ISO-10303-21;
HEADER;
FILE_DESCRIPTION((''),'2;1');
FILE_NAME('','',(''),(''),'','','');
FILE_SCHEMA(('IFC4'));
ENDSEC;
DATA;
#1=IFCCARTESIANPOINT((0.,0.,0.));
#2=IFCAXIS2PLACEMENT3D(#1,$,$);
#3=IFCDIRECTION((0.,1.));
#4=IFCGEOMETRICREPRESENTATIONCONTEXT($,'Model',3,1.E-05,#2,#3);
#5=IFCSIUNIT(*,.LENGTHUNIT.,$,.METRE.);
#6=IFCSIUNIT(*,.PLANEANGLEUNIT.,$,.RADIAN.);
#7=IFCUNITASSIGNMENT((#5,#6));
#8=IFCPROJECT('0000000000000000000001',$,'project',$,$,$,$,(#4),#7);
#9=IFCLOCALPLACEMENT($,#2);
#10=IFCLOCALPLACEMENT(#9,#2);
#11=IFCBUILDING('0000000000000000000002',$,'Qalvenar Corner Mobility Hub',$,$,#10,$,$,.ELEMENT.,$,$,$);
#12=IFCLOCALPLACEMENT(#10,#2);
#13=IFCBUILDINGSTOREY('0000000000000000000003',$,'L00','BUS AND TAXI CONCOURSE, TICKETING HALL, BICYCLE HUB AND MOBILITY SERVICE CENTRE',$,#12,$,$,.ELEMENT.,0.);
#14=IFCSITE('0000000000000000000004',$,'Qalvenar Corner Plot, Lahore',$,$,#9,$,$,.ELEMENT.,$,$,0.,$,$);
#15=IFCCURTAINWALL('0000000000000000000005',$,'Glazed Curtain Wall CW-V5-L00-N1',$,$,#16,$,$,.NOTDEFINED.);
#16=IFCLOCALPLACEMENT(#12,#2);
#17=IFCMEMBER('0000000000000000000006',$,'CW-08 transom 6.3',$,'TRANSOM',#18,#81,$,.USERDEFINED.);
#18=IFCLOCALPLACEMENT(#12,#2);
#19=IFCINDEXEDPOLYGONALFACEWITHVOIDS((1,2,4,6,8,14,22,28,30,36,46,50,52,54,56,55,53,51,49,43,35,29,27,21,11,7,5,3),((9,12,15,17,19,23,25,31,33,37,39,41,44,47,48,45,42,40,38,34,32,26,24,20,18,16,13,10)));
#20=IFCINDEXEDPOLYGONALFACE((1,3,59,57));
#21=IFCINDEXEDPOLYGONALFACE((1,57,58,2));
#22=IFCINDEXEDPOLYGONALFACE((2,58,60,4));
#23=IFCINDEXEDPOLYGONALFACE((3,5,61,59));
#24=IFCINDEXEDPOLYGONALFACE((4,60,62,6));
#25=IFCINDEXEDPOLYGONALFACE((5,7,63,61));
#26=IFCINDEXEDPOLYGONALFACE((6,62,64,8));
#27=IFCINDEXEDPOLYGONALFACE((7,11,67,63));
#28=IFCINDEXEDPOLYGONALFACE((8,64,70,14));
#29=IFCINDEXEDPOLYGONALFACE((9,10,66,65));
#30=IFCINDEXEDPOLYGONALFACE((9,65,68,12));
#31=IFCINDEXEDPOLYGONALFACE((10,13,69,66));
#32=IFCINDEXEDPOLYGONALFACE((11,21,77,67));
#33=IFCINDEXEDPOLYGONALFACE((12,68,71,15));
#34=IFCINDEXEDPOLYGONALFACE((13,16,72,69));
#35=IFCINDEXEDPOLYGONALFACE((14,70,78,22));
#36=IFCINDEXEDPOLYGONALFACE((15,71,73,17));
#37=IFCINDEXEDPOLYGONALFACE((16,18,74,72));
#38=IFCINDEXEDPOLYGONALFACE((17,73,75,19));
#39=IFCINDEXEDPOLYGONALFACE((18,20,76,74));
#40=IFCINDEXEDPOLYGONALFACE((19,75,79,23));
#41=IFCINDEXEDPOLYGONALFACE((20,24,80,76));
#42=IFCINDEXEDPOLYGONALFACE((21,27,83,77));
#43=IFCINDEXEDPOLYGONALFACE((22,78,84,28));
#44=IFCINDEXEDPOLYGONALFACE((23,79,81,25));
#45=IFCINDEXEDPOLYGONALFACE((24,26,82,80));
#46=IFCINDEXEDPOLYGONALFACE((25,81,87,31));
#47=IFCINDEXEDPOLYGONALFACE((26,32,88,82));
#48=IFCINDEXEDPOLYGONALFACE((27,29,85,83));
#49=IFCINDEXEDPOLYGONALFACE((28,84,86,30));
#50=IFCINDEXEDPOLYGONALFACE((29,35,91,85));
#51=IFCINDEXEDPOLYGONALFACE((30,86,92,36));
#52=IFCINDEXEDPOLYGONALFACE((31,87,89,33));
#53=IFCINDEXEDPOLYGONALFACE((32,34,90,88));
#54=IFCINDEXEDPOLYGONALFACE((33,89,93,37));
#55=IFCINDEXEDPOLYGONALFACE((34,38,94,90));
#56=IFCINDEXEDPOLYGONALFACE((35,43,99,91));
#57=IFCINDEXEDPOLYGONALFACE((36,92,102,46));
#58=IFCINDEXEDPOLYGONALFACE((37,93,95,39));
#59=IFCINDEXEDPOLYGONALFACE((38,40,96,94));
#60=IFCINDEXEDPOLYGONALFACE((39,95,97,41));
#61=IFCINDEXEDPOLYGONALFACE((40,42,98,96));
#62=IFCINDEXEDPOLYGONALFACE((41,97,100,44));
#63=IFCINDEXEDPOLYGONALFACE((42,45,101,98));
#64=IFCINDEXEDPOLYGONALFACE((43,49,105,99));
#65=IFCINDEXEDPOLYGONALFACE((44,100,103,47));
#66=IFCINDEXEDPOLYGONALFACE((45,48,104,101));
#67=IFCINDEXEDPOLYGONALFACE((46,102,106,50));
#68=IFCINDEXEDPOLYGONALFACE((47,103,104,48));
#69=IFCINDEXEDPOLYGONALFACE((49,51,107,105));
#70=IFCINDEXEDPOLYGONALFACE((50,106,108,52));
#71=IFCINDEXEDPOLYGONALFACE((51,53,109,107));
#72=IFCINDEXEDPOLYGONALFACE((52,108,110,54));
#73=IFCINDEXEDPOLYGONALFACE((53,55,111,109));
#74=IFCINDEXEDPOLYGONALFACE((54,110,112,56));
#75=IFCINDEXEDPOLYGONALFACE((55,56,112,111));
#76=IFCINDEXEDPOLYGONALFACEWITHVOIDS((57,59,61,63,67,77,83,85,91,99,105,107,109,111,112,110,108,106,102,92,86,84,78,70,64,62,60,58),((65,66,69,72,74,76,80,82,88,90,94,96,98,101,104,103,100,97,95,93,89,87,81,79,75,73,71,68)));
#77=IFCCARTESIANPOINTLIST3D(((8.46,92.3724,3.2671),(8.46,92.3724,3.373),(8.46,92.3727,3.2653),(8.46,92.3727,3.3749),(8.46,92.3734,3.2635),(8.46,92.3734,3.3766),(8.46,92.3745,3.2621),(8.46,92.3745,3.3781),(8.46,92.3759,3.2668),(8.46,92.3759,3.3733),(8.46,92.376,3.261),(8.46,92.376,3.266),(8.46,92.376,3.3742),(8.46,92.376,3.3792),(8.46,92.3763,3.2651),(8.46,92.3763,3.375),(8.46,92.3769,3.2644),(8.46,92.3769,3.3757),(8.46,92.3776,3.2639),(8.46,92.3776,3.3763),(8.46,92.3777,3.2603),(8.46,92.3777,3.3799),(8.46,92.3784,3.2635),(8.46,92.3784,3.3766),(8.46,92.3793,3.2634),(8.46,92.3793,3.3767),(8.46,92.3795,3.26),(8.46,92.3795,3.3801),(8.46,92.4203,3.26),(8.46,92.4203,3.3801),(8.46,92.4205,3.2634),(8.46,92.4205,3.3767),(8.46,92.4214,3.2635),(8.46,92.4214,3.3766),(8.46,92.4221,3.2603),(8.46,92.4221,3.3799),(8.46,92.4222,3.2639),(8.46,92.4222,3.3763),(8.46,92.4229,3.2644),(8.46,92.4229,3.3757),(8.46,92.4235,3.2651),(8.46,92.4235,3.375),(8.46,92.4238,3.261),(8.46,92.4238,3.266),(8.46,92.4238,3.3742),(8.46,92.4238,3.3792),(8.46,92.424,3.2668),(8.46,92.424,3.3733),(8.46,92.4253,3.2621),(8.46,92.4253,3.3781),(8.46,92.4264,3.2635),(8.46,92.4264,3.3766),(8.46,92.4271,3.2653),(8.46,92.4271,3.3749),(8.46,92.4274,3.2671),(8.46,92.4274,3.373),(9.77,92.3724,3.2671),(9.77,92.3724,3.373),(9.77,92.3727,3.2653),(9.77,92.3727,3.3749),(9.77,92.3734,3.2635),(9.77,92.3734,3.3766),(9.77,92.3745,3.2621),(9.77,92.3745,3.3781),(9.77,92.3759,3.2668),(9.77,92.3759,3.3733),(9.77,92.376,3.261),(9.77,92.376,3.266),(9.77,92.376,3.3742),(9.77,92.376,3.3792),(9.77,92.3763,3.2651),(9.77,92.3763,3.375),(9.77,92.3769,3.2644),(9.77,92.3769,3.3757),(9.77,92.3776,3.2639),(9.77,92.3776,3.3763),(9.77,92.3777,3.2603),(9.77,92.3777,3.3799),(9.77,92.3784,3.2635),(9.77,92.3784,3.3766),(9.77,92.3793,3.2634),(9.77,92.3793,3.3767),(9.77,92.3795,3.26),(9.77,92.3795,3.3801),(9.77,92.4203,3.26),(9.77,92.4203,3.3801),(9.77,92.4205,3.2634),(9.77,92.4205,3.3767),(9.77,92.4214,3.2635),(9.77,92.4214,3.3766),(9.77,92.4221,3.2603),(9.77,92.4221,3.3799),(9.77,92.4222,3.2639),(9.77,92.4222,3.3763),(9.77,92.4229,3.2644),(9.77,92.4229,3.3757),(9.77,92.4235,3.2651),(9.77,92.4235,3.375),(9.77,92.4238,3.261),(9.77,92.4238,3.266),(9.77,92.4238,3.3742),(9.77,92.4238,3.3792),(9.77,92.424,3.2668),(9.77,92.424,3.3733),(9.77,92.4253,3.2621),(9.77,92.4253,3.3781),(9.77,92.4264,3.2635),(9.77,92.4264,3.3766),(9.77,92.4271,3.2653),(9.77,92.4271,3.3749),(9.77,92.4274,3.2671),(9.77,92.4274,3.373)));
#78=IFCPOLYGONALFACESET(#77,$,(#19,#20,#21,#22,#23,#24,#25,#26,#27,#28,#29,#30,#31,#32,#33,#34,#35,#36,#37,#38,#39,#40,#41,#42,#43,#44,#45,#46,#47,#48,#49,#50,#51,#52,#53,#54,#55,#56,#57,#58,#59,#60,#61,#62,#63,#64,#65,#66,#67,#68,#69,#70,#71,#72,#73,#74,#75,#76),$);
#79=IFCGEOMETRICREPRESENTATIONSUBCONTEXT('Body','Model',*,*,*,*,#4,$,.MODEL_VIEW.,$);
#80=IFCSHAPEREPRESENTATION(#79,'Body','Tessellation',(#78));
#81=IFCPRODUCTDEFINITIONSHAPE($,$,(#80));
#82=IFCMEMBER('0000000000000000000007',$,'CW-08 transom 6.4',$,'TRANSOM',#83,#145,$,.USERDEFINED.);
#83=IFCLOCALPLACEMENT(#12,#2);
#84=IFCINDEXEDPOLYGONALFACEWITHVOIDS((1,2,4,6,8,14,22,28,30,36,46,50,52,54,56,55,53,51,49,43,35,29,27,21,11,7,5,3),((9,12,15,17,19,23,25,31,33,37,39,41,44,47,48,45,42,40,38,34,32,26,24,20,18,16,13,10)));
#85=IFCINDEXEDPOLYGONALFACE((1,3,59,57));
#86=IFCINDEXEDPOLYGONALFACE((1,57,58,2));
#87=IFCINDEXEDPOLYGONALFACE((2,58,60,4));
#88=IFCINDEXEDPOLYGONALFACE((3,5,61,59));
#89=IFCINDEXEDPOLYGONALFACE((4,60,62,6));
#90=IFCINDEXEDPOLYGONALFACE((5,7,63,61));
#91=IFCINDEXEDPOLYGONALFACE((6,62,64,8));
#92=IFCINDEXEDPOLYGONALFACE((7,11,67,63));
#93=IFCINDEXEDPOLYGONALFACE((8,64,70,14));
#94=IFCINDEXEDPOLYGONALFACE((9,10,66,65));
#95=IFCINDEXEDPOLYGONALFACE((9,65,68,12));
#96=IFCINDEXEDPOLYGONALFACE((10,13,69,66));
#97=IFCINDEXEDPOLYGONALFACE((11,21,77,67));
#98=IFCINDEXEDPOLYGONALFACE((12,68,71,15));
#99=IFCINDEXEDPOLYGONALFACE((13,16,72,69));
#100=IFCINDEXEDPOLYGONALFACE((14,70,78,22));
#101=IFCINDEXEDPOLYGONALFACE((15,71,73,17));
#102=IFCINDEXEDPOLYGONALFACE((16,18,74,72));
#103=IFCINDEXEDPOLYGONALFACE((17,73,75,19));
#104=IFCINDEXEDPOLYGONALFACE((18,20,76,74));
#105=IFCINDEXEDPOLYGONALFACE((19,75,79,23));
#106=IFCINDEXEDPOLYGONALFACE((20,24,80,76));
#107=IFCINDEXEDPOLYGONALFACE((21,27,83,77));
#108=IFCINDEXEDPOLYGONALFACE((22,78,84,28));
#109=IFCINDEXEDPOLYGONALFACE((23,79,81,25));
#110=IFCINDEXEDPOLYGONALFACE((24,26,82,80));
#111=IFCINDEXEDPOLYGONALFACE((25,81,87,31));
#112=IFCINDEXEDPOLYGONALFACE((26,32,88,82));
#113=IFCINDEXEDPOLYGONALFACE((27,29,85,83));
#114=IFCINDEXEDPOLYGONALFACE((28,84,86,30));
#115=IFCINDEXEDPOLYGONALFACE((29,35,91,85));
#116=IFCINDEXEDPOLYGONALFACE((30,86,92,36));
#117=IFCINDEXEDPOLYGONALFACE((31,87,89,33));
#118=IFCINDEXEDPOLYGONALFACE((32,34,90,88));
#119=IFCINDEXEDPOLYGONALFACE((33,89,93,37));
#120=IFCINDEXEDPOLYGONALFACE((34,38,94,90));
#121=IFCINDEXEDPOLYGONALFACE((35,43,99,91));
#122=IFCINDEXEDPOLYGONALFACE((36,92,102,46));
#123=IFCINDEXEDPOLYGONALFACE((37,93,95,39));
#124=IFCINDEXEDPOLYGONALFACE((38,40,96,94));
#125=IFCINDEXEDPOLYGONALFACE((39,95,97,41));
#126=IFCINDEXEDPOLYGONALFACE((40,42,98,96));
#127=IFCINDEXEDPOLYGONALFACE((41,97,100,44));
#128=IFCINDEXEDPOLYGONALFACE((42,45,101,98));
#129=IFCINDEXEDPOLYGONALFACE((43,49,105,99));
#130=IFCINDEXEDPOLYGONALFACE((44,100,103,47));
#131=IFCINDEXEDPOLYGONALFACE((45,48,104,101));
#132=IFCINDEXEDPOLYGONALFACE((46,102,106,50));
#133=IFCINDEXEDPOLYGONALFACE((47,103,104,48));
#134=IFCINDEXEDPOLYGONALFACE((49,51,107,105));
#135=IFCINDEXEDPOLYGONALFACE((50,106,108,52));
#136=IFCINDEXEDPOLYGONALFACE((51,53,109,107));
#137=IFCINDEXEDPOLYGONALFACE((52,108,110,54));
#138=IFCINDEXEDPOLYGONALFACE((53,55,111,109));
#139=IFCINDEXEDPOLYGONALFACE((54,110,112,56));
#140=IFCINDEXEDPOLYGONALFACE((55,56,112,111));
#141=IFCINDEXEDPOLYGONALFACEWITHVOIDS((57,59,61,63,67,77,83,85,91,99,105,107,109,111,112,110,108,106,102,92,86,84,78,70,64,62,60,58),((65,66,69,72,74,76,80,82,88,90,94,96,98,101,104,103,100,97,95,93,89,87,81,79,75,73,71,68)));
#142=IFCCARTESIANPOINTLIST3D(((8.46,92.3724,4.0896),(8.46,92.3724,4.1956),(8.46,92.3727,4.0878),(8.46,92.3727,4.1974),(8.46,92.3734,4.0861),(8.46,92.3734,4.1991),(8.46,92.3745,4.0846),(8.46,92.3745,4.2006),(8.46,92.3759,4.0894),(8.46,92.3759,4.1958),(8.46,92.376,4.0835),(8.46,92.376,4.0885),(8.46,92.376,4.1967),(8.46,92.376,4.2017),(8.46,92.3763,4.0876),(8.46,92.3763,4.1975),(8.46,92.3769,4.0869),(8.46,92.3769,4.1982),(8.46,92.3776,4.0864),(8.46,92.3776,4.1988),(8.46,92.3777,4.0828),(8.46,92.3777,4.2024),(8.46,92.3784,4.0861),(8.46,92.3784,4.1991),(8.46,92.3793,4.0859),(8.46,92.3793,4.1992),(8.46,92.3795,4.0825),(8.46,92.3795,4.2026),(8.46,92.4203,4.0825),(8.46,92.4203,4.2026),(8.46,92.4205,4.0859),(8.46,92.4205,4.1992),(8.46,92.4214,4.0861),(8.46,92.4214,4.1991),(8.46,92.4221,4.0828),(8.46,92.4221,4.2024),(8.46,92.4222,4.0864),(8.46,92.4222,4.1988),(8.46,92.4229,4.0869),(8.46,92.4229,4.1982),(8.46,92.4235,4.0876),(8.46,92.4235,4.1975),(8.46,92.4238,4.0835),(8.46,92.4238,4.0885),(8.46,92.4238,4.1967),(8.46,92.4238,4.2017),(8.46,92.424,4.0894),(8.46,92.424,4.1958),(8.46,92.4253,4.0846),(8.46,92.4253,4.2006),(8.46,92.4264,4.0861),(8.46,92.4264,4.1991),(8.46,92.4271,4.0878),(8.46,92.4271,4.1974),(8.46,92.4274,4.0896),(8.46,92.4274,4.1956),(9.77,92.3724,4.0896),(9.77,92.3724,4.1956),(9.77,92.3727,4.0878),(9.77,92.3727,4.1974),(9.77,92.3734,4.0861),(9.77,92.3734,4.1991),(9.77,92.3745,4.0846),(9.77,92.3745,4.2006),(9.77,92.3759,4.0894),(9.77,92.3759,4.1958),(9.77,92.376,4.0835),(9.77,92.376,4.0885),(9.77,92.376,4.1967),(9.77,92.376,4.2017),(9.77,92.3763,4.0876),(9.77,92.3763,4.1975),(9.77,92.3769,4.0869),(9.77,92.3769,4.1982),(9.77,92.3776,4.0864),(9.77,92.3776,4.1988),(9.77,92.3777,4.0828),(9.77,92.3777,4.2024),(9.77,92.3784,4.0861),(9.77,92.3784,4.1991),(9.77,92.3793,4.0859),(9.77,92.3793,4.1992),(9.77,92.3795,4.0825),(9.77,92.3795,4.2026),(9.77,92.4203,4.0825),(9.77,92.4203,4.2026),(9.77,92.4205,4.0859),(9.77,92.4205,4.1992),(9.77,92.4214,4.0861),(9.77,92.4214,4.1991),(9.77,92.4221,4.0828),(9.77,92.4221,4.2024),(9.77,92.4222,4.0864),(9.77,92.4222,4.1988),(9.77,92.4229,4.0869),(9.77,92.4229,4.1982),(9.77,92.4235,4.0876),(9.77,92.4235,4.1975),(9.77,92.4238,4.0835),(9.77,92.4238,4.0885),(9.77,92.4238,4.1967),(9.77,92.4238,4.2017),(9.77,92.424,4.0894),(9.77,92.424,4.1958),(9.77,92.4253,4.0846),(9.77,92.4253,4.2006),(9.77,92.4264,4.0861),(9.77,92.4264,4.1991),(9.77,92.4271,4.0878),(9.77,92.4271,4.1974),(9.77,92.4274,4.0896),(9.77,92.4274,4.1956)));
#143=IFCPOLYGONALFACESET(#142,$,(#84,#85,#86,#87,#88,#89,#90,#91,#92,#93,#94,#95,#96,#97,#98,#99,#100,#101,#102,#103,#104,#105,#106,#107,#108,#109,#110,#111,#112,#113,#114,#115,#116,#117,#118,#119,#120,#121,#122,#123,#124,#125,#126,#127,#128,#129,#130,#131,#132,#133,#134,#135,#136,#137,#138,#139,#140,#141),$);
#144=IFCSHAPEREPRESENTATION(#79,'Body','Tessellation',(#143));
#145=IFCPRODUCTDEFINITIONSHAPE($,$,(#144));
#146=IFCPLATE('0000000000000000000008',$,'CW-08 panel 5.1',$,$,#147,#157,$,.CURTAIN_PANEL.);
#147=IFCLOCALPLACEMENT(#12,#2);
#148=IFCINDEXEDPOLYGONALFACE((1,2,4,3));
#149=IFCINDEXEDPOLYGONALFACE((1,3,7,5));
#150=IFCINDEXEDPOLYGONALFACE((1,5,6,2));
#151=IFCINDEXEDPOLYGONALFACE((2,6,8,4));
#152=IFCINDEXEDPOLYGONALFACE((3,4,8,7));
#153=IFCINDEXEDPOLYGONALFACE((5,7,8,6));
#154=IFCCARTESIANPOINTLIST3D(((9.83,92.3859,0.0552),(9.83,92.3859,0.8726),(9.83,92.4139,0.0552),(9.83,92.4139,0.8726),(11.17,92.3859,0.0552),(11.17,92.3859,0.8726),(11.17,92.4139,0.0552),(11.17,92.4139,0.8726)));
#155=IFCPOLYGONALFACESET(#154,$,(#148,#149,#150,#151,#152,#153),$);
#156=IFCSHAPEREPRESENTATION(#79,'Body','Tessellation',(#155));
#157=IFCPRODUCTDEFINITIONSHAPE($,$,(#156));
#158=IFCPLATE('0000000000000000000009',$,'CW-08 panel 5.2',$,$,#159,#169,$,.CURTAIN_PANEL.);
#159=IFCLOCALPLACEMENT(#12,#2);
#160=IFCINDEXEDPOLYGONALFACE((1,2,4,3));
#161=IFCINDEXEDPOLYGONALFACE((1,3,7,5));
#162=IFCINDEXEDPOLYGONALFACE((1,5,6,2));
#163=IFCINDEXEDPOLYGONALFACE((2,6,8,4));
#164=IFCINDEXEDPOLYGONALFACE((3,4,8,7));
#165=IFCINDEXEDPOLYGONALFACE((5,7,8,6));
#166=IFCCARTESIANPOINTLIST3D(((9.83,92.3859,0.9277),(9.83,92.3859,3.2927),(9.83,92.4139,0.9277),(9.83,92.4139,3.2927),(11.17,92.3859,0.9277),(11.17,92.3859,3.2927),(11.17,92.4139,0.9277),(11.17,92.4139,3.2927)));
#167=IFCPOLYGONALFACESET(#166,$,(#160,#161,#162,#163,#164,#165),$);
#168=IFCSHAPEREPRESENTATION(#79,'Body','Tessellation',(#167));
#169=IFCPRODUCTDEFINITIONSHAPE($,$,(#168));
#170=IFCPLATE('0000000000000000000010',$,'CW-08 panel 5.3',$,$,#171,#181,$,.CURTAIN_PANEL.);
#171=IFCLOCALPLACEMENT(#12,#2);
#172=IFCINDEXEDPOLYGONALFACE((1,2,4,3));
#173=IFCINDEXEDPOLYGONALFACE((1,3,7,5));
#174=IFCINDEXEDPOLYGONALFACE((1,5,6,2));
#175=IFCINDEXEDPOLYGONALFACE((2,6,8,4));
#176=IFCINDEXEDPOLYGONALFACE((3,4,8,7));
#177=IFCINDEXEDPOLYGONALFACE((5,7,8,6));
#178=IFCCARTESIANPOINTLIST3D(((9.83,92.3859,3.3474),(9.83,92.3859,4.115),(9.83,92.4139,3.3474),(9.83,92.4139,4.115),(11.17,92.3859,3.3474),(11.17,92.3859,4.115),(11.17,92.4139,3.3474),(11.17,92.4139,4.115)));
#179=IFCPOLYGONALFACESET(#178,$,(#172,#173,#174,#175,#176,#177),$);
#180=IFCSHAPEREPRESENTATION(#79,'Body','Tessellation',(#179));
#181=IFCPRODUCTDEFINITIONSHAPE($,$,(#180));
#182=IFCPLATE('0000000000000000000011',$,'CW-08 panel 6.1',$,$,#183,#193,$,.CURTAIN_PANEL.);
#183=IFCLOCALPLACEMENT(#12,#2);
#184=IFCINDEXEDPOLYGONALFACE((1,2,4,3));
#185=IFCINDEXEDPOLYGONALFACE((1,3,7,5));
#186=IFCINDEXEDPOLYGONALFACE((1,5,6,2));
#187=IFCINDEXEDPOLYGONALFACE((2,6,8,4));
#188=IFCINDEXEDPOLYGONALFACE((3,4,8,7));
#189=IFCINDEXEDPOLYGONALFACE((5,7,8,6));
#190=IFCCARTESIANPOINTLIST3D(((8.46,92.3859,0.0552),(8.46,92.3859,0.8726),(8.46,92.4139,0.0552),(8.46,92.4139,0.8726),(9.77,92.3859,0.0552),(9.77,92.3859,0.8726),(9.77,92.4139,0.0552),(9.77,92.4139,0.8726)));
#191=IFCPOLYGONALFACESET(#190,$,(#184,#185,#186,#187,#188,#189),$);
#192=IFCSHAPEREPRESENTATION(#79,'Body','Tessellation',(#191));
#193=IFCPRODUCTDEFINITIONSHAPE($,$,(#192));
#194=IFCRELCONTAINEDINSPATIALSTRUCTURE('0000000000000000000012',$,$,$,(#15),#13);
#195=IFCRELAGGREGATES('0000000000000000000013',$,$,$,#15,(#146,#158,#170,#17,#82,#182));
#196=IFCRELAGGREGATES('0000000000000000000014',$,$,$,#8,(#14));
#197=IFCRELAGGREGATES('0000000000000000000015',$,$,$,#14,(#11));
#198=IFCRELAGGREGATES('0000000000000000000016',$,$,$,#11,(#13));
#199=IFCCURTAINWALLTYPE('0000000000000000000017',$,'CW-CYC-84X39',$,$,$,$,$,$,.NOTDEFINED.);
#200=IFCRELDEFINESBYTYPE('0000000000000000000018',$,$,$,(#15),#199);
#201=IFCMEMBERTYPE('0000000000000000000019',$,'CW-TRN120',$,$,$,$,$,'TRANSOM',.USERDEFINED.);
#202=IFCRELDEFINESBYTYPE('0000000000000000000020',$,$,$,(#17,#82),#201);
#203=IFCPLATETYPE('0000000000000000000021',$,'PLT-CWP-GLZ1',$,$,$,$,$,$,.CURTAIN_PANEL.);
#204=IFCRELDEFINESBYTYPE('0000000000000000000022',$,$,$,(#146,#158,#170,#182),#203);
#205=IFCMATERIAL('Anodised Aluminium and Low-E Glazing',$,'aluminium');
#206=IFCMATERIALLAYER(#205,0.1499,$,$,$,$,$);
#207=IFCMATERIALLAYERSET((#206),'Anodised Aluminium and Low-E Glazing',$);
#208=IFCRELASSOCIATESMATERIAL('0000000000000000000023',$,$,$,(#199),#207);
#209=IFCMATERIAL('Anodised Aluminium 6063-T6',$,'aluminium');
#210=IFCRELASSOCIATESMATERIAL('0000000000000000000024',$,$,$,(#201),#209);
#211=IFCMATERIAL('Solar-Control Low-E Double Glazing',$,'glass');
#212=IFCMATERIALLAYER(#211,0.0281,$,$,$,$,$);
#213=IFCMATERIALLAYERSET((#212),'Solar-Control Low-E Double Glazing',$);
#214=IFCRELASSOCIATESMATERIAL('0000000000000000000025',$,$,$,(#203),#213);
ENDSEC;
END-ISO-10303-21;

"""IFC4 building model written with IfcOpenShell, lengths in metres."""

from ifc_helpers import new_model, si_unit, direction, frame, origin, origin_2d, place, context, subcontext, project, spatial, rectangle, hollow_rectangle, extrude, material, layer, layer_set, material_profile, profile_set, type_object, element, aggregate, save


model = new_model("IFC4")

# Units and contexts
model_context = context("Model", 3, precision=1e-05, world=origin(), true_north=direction((0.0, 1.0)))
body_context = subcontext(model_context, "Body", "Model", "MODEL_VIEW")
ifc_project = project(units=[si_unit("LENGTHUNIT", "METRE"), si_unit("PLANEANGLEUNIT", "RADIAN")], contexts=[model_context])

# Site, building, storey
site_placement = place(None, origin())
site = spatial("IfcSite", under=ifc_project, at=site_placement, Name="Qalvenar Corner Plot, Lahore", CompositionType="ELEMENT", RefElevation=0.0)
building_placement = place(site_placement, origin())
building = spatial("IfcBuilding", under=site, at=building_placement, Name="Qalvenar Corner Mobility Hub", CompositionType="ELEMENT")
storey_placement = place(building_placement, origin())
storey = spatial("IfcBuildingStorey", under=building, at=storey_placement, Name="L00", Description="BUS AND TAXI CONCOURSE, TICKETING HALL, BICYCLE HUB AND MOBILITY SERVICE CENTRE", CompositionType="ELEMENT", Elevation=0.0)

# Shared definitions
ifc_material_1 = material(Name="Anodised Aluminium and Low-E Glazing", Category="aluminium")
ifc_layer_1 = layer(ifc_material_1, 0.1499)
ifc_layer_set_1 = layer_set([ifc_layer_1], Name="Anodised Aluminium and Low-E Glazing")
curtain_wall_type = type_object("IfcCurtainWallType", Name="CW-CYC-84X39", PredefinedType="NOTDEFINED", material=ifc_layer_set_1)
ifc_material_2 = material(Name="Anodised Aluminium 6063-T6", Category="aluminium")

# Curtain wall
curtain_wall_1_placement = place(storey_placement, origin())
curtain_wall_1 = element("IfcCurtainWall", 1, at=curtain_wall_1_placement, inside=storey, type_object=curtain_wall_type, Name="Glazed Curtain Wall CW-V5-L00-N1", PredefinedType="NOTDEFINED")

# Members
ifc_material_profile_1 = material_profile(ifc_material_2, hollow_rectangle(XDim=0.0549, YDim=0.1201, WallThickness=0.0034, InnerFilletRadius=0.0034, OuterFilletRadius=0.0071, at=origin_2d()), Name="RHS120x55x3.5")
ifc_profile_set_1 = profile_set([ifc_material_profile_1], Name="Anodised Aluminium 6063-T6")
member_type_1 = type_object("IfcMemberType", Name="CW-TRN120", ElementType="TRANSOM", PredefinedType="USERDEFINED", material=ifc_profile_set_1)
member_1_placement = place(storey_placement, frame((9.77, 92.3999, 3.3201), z_axis=(-1.0, 0.0, 0.0), x_axis=(0.0, -1.0, 0.0)))
member_1 = element("IfcMember", 2, at=member_1_placement, type_object=member_type_1, Name="CW-08 transom 6.3", ObjectType="TRANSOM", PredefinedType="USERDEFINED", context=body_context, shape_type="SweptSolid", body=[
    extrude(hollow_rectangle(XDim=0.0549, YDim=0.1201, WallThickness=0.0034, InnerFilletRadius=0.0034, OuterFilletRadius=0.0071, at=origin_2d()), origin(), (0.0, 0.0, 1.0), 1.3101),
])
member_2_placement = place(storey_placement, frame((9.77, 92.3999, 4.1426), z_axis=(-1.0, 0.0, 0.0), x_axis=(0.0, -1.0, 0.0)))
member_2 = element("IfcMember", 3, at=member_2_placement, type_object=member_type_1, Name="CW-08 transom 6.4", ObjectType="TRANSOM", PredefinedType="USERDEFINED", context=body_context, shape_type="SweptSolid", body=[
    extrude(hollow_rectangle(XDim=0.0549, YDim=0.1201, WallThickness=0.0034, InnerFilletRadius=0.0034, OuterFilletRadius=0.0071, at=origin_2d()), origin(), (0.0, 0.0, 1.0), 1.3101),
])

# Plates
ifc_material_3 = material(Name="Solar-Control Low-E Double Glazing", Category="glass")
ifc_layer_2 = layer(ifc_material_3, 0.0281)
ifc_layer_set_2 = layer_set([ifc_layer_2], Name="Solar-Control Low-E Double Glazing")
plate_type = type_object("IfcPlateType", Name="PLT-CWP-GLZ1", PredefinedType="CURTAIN_PANEL", material=ifc_layer_set_2)
plate_1_placement = place(storey_placement, frame((10.5, 92.3999, 0.0552), z_axis=(0.0, 0.0, 1.0), x_axis=(-1.0, 0.0, 0.0)))
plate_1 = element("IfcPlate", 4, at=plate_1_placement, type_object=plate_type, Name="CW-08 panel 5.1", PredefinedType="CURTAIN_PANEL", context=body_context, shape_type="SweptSolid", body=[
    extrude(rectangle(XDim=1.3401, YDim=0.0281, at=origin_2d()), origin(), (0.0, 0.0, 1.0), 0.8174),
])
plate_2_placement = place(storey_placement, frame((10.5, 92.3999, 0.9277), z_axis=(0.0, 0.0, 1.0), x_axis=(-1.0, 0.0, 0.0)))
plate_2 = element("IfcPlate", 5, at=plate_2_placement, type_object=plate_type, Name="CW-08 panel 5.2", PredefinedType="CURTAIN_PANEL", context=body_context, shape_type="SweptSolid", body=[
    extrude(rectangle(XDim=1.3401, YDim=0.0281, at=origin_2d()), origin(), (0.0, 0.0, 1.0), 2.365),
])
plate_3_placement = place(storey_placement, frame((10.5, 92.3999, 3.3474), z_axis=(0.0, 0.0, 1.0), x_axis=(-1.0, 0.0, 0.0)))
plate_3 = element("IfcPlate", 6, at=plate_3_placement, type_object=plate_type, Name="CW-08 panel 5.3", PredefinedType="CURTAIN_PANEL", context=body_context, shape_type="SweptSolid", body=[
    extrude(rectangle(XDim=1.3401, YDim=0.0281, at=origin_2d()), origin(), (0.0, 0.0, 1.0), 0.7676),
])
plate_4_placement = place(storey_placement, frame((9.115, 92.3999, 0.0552), z_axis=(0.0, 0.0, 1.0), x_axis=(-1.0, 0.0, 0.0)))
plate_4 = element("IfcPlate", 7, at=plate_4_placement, type_object=plate_type, Name="CW-08 panel 6.1", PredefinedType="CURTAIN_PANEL", context=body_context, shape_type="SweptSolid", body=[
    extrude(rectangle(XDim=1.3101, YDim=0.0281, at=origin_2d()), origin(), (0.0, 0.0, 1.0), 0.8174),
])
aggregate(curtain_wall_1, [plate_1, plate_2, plate_3, member_1, member_2, plate_4])

save(model, "model.ifc")
